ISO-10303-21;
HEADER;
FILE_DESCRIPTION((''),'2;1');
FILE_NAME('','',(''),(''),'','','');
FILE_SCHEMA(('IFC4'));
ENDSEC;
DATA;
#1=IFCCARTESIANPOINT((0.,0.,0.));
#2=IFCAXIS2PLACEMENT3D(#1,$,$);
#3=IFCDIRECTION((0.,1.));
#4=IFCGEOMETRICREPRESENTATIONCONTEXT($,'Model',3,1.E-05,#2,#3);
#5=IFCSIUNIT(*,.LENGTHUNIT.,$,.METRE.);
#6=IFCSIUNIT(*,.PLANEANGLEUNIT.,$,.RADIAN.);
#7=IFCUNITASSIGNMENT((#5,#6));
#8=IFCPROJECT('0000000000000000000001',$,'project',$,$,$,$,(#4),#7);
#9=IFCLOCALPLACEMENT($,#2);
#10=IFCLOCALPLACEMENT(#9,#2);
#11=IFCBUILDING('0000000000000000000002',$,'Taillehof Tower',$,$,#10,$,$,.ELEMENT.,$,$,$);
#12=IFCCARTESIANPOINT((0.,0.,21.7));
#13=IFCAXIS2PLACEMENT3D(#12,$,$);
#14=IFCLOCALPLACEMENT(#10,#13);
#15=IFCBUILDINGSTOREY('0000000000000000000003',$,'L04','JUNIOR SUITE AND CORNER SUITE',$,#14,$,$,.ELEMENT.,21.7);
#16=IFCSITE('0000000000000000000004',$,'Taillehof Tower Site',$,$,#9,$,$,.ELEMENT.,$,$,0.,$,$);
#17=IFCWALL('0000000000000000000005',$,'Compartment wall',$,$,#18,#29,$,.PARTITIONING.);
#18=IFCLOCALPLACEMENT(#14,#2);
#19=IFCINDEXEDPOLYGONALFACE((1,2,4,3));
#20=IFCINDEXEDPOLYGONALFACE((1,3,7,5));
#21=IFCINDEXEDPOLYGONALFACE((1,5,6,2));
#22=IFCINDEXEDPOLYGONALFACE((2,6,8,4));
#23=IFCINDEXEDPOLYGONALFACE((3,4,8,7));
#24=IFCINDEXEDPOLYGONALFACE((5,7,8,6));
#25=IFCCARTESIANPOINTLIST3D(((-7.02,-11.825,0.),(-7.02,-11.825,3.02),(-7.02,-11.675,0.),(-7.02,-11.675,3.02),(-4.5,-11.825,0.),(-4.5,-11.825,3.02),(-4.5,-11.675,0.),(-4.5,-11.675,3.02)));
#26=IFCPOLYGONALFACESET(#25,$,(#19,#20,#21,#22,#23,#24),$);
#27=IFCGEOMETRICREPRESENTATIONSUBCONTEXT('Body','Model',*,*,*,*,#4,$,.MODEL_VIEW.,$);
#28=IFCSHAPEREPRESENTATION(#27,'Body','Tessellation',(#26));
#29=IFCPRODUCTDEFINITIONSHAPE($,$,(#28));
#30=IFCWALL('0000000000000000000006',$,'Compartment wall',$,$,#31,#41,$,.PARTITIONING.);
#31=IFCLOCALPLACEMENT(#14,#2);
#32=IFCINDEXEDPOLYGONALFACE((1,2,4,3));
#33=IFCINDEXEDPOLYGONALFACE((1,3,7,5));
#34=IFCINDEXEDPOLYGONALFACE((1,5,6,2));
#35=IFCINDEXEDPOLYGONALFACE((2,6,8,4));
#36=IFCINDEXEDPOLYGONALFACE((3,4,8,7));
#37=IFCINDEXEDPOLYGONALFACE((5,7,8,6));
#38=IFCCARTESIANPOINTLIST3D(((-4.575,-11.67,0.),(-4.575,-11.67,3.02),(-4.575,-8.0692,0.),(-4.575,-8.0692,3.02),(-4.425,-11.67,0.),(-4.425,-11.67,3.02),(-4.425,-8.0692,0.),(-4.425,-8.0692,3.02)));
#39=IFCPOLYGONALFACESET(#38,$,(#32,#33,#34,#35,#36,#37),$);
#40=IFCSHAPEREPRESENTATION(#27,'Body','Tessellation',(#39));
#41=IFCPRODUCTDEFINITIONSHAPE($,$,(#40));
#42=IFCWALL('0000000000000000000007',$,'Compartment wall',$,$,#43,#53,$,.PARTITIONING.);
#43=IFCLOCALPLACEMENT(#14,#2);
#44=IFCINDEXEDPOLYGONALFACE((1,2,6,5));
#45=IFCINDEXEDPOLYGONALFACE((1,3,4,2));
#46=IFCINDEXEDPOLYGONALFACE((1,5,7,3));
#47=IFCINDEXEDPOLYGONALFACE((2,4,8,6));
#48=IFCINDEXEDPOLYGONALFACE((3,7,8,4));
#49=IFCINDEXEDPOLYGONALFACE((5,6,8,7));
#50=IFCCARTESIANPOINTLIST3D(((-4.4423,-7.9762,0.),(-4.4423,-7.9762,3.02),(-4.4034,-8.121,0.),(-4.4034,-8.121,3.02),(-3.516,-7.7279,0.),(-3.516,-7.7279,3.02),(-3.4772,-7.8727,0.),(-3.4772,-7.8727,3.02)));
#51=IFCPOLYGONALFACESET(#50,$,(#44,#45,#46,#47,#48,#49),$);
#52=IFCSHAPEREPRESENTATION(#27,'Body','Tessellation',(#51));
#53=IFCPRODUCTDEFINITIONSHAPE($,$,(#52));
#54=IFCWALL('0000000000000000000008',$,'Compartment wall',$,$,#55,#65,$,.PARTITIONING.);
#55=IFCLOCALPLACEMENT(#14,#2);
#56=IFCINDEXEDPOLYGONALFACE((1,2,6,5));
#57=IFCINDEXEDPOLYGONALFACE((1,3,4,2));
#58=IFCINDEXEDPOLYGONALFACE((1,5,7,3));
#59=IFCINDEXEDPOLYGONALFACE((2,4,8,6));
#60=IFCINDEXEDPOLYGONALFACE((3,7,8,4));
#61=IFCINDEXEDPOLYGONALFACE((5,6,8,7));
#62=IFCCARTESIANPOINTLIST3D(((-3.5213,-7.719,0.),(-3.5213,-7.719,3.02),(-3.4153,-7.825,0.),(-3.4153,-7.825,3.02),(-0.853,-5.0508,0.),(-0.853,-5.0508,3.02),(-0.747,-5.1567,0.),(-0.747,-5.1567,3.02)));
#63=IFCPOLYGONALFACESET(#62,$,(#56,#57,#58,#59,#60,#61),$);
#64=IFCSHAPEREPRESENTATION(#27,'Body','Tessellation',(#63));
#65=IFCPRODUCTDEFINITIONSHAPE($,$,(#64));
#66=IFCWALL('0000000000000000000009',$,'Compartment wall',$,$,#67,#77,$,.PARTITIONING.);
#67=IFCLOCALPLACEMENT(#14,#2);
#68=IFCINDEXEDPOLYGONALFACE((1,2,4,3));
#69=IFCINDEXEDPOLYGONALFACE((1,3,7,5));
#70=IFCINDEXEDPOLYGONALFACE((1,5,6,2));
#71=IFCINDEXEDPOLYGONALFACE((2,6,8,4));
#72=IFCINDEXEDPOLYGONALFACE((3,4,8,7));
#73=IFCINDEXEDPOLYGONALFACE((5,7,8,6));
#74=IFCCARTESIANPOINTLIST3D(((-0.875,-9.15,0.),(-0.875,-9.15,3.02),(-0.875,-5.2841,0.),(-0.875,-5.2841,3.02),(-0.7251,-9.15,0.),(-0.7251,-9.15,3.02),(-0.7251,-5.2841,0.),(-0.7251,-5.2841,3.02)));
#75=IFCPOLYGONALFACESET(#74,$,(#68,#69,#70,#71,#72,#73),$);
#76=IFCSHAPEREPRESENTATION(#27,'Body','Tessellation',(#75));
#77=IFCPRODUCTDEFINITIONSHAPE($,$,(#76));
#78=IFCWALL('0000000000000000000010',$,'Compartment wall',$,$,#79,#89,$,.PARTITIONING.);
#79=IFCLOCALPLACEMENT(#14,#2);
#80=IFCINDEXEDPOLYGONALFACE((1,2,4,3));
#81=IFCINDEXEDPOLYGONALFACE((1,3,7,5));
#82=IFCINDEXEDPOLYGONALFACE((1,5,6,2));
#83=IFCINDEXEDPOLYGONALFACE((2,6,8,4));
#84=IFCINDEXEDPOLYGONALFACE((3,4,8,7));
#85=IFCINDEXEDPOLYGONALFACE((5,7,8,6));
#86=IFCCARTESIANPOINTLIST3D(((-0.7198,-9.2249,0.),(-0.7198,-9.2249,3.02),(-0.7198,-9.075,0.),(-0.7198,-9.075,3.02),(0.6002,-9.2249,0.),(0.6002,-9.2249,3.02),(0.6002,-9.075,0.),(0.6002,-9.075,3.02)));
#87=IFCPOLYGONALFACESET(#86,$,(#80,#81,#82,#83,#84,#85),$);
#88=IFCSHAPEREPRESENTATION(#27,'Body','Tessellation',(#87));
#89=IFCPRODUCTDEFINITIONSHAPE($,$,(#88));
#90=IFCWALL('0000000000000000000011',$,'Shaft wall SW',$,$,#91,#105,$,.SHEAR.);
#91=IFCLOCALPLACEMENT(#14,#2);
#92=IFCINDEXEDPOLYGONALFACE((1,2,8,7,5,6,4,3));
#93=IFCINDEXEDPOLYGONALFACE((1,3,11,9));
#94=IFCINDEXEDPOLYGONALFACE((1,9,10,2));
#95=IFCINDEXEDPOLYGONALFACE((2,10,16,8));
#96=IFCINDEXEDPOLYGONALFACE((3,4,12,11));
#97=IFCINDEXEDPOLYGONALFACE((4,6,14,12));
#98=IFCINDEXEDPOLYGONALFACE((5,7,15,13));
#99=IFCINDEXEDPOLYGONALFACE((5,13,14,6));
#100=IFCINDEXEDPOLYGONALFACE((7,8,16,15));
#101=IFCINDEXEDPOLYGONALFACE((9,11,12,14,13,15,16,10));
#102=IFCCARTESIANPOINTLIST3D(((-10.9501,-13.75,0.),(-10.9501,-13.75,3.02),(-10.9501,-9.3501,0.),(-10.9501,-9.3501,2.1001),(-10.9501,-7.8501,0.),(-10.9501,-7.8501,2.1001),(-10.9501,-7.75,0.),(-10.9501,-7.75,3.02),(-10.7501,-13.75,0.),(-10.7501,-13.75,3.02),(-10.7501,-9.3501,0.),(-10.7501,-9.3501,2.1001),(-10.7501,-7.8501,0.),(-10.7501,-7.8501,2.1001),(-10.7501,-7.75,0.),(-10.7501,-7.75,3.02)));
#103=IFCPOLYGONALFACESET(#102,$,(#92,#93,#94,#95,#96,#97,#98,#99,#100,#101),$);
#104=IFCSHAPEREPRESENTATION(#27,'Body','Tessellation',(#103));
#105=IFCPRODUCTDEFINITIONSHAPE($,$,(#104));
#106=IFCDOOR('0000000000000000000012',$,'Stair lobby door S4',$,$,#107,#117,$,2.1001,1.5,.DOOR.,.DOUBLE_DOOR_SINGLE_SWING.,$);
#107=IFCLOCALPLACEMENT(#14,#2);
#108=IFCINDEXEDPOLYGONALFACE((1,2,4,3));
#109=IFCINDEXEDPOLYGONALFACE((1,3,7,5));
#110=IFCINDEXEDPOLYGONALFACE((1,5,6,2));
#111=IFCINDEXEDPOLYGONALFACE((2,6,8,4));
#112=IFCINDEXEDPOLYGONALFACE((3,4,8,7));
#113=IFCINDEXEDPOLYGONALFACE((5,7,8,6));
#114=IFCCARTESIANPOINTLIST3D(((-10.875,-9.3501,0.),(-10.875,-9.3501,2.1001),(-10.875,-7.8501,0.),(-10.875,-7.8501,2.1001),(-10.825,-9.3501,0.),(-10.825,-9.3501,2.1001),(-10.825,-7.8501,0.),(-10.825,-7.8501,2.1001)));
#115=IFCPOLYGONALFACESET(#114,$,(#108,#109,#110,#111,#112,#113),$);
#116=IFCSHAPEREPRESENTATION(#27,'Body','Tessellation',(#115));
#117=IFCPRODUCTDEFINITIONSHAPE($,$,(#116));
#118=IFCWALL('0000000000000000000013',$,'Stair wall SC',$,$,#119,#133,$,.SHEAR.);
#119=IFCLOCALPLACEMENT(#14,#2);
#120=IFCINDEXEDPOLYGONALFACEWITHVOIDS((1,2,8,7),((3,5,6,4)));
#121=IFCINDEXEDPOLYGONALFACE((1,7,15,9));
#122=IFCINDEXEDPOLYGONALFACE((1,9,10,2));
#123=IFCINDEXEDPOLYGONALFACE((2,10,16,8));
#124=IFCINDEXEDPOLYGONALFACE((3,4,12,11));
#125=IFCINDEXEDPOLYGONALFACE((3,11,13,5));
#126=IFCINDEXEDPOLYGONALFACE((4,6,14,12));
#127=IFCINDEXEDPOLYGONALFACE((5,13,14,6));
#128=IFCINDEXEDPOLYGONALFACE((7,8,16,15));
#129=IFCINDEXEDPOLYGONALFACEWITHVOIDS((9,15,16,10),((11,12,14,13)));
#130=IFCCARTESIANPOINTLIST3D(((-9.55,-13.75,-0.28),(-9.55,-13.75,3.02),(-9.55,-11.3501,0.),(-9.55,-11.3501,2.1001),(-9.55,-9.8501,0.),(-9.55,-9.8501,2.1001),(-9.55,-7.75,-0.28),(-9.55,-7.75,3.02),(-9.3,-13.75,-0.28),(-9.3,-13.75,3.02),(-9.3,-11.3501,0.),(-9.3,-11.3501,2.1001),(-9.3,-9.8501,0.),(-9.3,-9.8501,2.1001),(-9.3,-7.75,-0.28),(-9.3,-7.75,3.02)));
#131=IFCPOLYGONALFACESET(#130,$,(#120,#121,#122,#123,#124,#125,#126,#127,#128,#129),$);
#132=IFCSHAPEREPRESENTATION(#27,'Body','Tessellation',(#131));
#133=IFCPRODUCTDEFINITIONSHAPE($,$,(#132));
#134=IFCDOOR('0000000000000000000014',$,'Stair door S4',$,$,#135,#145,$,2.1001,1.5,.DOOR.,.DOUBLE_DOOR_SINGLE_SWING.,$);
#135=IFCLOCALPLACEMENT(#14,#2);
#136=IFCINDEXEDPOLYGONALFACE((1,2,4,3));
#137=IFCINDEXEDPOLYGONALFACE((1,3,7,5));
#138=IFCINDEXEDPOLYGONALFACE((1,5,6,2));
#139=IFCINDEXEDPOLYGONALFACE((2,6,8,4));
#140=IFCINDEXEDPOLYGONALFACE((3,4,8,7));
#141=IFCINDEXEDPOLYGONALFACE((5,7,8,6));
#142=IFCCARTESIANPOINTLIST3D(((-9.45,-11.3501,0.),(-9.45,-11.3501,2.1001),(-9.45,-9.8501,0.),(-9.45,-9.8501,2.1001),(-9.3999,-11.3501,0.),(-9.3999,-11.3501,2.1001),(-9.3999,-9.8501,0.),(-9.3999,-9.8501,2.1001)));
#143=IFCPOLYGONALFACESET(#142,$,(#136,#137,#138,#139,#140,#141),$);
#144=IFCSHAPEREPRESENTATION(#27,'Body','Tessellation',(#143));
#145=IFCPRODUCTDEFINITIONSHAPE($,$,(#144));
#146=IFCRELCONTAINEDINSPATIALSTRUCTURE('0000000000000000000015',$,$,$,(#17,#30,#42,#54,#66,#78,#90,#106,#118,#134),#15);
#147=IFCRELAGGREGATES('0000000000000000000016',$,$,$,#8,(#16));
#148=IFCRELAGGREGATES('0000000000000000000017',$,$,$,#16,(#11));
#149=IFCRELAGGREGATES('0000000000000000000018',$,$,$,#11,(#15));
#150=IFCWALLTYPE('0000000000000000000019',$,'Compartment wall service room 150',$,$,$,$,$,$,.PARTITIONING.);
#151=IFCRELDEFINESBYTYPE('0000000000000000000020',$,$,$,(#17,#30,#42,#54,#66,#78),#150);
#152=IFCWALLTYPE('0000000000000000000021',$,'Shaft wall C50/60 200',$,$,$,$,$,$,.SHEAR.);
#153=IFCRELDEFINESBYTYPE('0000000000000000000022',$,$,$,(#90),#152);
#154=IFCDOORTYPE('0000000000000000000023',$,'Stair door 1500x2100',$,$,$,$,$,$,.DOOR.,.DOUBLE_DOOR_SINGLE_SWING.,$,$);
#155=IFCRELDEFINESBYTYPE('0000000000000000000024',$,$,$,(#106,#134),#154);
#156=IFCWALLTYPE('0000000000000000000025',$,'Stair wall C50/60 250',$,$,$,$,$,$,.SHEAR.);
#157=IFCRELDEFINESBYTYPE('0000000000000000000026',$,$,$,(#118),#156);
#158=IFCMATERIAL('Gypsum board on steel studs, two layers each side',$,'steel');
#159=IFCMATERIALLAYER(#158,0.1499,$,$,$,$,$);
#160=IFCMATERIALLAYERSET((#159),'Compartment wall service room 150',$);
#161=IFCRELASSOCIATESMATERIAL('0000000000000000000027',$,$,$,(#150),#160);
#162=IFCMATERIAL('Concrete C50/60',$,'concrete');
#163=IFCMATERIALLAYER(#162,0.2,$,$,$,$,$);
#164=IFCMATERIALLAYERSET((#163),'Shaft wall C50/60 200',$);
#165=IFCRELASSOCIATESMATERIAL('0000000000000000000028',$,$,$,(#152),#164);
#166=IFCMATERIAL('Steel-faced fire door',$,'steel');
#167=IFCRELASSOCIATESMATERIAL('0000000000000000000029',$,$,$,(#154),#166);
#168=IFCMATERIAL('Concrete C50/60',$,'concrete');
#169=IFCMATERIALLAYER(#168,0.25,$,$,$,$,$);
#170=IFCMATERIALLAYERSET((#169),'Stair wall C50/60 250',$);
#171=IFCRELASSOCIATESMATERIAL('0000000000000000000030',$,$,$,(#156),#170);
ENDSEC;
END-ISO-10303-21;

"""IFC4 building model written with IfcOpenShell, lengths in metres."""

from ifc_helpers import new_model, si_unit, direction, frame, frame_2d, origin, place, context, subcontext, project, spatial, rectangle, extrude, material, layer, layer_set, type_object, element, fill, save


model = new_model("IFC4")

# Units and contexts
model_context = context("Model", 3, precision=1e-05, world=origin(), true_north=direction((0.0, 1.0)))
body_context = subcontext(model_context, "Body", "Model", "MODEL_VIEW")
ifc_project = project(units=[si_unit("LENGTHUNIT", "METRE"), si_unit("PLANEANGLEUNIT", "RADIAN")], contexts=[model_context])

# Site, building, storey
site_placement = place(None, origin())
site = spatial("IfcSite", under=ifc_project, at=site_placement, Name="Taillehof Tower Site", CompositionType="ELEMENT", RefElevation=0.0)
building_placement = place(site_placement, origin())
building = spatial("IfcBuilding", under=site, at=building_placement, Name="Taillehof Tower", CompositionType="ELEMENT")
storey_placement = place(building_placement, frame((0.0, 0.0, 21.7)))
storey = spatial("IfcBuildingStorey", under=building, at=storey_placement, Name="L04", Description="JUNIOR SUITE AND CORNER SUITE", CompositionType="ELEMENT", Elevation=21.7)

# Shared definitions
ifc_material_1 = material(Name="Gypsum board on steel studs, two layers each side", Category="steel")
ifc_layer_1 = layer(ifc_material_1, 0.1499)
ifc_layer_set_1 = layer_set([ifc_layer_1], Name="Compartment wall service room 150")
wall_type_1 = type_object("IfcWallType", Name="Compartment wall service room 150", PredefinedType="PARTITIONING", material=ifc_layer_set_1)

# Walls
wall_1_placement = place(storey_placement, frame((-7.02, -11.75, 0.0), z_axis=(0.0, 0.0, 1.0), x_axis=(1.0, 0.0, 0.0)))
element("IfcWall", 1, at=wall_1_placement, inside=storey, type_object=wall_type_1, Name="Compartment wall", PredefinedType="PARTITIONING", context=body_context, shape_type="SweptSolid", body=[
    extrude(rectangle(XDim=2.52, YDim=0.1499, at=frame_2d((1.26, 0.0))), origin(), (0.0, 0.0, 1.0), 3.02),
])
wall_2_placement = place(storey_placement, frame((-4.5, -11.6699, 0.0), z_axis=(0.0, 0.0, 1.0), x_axis=(0.0, 1.0, 0.0)))
element("IfcWall", 2, at=wall_2_placement, inside=storey, type_object=wall_type_1, Name="Compartment wall", PredefinedType="PARTITIONING", context=body_context, shape_type="SweptSolid", body=[
    extrude(rectangle(XDim=3.6008, YDim=0.1499, at=frame_2d((1.8003, 0.0))), origin(), (0.0, 0.0, 1.0), 3.02),
])
wall_3_placement = place(storey_placement, frame((-4.4229, -8.0486, 0.0), z_axis=(0.0, 0.0, 1.0), x_axis=(0.9659, 0.258914, 0.0)))
element("IfcWall", 3, at=wall_3_placement, inside=storey, type_object=wall_type_1, Name="Compartment wall", PredefinedType="PARTITIONING", context=body_context, shape_type="SweptSolid", body=[
    extrude(rectangle(XDim=0.959, YDim=0.1499, at=frame_2d((0.4795, 0.0))), origin(), (0.0, 0.0, 1.0), 3.02),
])
wall_4_placement = place(storey_placement, frame((-3.4683, -7.772, 0.0), z_axis=(0.0, 0.0, 1.0), x_axis=(0.707107, 0.707107, 0.0)))
element("IfcWall", 4, at=wall_4_placement, inside=storey, type_object=wall_type_1, Name="Compartment wall", PredefinedType="PARTITIONING", context=body_context, shape_type="SweptSolid", body=[
    extrude(rectangle(XDim=3.7734, YDim=0.1499, at=frame_2d((1.8867, 0.0))), origin(), (0.0, 0.0, 1.0), 3.02),
])
wall_5_placement = place(storey_placement, frame((-0.8, -5.2839, 0.0), z_axis=(0.0, 0.0, 1.0), x_axis=(0.0, -1.0, 0.0)))
element("IfcWall", 5, at=wall_5_placement, inside=storey, type_object=wall_type_1, Name="Compartment wall", PredefinedType="PARTITIONING", context=body_context, shape_type="SweptSolid", body=[
    extrude(rectangle(XDim=3.866, YDim=0.1499, at=frame_2d((1.9331, 0.0))), origin(), (0.0, 0.0, 1.0), 3.02),
])
wall_6_placement = place(storey_placement, frame((-0.72, -9.1499, 0.0), z_axis=(0.0, 0.0, 1.0), x_axis=(1.0, 0.0, 0.0)))
element("IfcWall", 6, at=wall_6_placement, inside=storey, type_object=wall_type_1, Name="Compartment wall", PredefinedType="PARTITIONING", context=body_context, shape_type="SweptSolid", body=[
    extrude(rectangle(XDim=1.3201, YDim=0.1499, at=frame_2d((0.6602, 0.0))), origin(), (0.0, 0.0, 1.0), 3.02),
])

# Walls, openings, doors
ifc_material_2 = material(Name="Concrete C50/60", Category="concrete")
ifc_layer_2 = layer(ifc_material_2, 0.2)
ifc_layer_set_2 = layer_set([ifc_layer_2], Name="Shaft wall C50/60 200")
wall_type_2 = type_object("IfcWallType", Name="Shaft wall C50/60 200", PredefinedType="SHEAR", material=ifc_layer_set_2)
wall_7_placement = place(storey_placement, frame((-10.8501, -13.75, 0.0), z_axis=(0.0, 0.0, 1.0), x_axis=(0.0, 1.0, 0.0)))
wall_7 = element("IfcWall", 7, at=wall_7_placement, inside=storey, type_object=wall_type_2, Name="Shaft wall SW", PredefinedType="SHEAR", context=body_context, shape_type="SweptSolid", body=[
    extrude(rectangle(XDim=6.0, YDim=0.2, at=frame_2d((3.0, 0.0))), origin(), (0.0, 0.0, 1.0), 3.02),
])
opening_1_placement = place(wall_7_placement, frame((4.3999, 0.0, 0.0)))
opening_1 = element("IfcOpeningElement", 8, at=opening_1_placement, cuts=wall_7, PredefinedType="OPENING", context=body_context, shape_type="SweptSolid", body=[
    extrude(rectangle(XDim=1.5, YDim=2.1001, at=frame_2d((0.75, 1.05))), frame((0.0, 0.1099, 0.0), z_axis=(0.0, -1.0, 0.0), x_axis=(1.0, 0.0, 0.0)), (0.0, 0.0, 1.0), 0.22),
])
ifc_material_3 = material(Name="Steel-faced fire door", Category="steel")
door_type_1 = type_object("IfcDoorType", Name="Stair door 1500x2100", OperationType="DOUBLE_DOOR_SINGLE_SWING", PredefinedType="DOOR", material=ifc_material_3)
door_1_placement = place(opening_1_placement, origin())
door_1 = element("IfcDoor", 9, at=door_1_placement, inside=storey, type_object=door_type_1, Name="Stair lobby door S4", OperationType="DOUBLE_DOOR_SINGLE_SWING", OverallHeight=2.1001, OverallWidth=1.5, PredefinedType="DOOR", context=body_context, shape_type="SweptSolid", body=[
    extrude(rectangle(XDim=1.5, YDim=2.1001, at=frame_2d((0.75, 1.05))), frame((0.0, 0.0249, 0.0), z_axis=(0.0, -1.0, 0.0), x_axis=(1.0, 0.0, 0.0)), (0.0, 0.0, 1.0), 0.05),
])
fill(opening_1, door_1)
ifc_material_4 = material(Name="Concrete C50/60", Category="concrete")
ifc_layer_3 = layer(ifc_material_4, 0.25)
ifc_layer_set_3 = layer_set([ifc_layer_3], Name="Stair wall C50/60 250")
wall_type_3 = type_object("IfcWallType", Name="Stair wall C50/60 250", PredefinedType="SHEAR", material=ifc_layer_set_3)
wall_8_placement = place(storey_placement, frame((-9.425, -13.75, -0.28), z_axis=(0.0, 0.0, 1.0), x_axis=(0.0, 1.0, 0.0)))
wall_8 = element("IfcWall", 10, at=wall_8_placement, inside=storey, type_object=wall_type_3, Name="Stair wall SC", PredefinedType="SHEAR", context=body_context, shape_type="SweptSolid", body=[
    extrude(rectangle(XDim=6.0, YDim=0.25, at=frame_2d((3.0, 0.0))), origin(), (0.0, 0.0, 1.0), 3.3),
])
opening_2_placement = place(wall_8_placement, frame((2.3999, 0.0, 0.28)))
opening_2 = element("IfcOpeningElement", 11, at=opening_2_placement, cuts=wall_8, PredefinedType="OPENING", context=body_context, shape_type="SweptSolid", body=[
    extrude(rectangle(XDim=1.5, YDim=2.1001, at=frame_2d((0.75, 1.05))), frame((0.0, 0.135, 0.0), z_axis=(0.0, -1.0, 0.0), x_axis=(1.0, 0.0, 0.0)), (0.0, 0.0, 1.0), 0.27),
])
door_2_placement = place(opening_2_placement, origin())
door_2 = element("IfcDoor", 12, at=door_2_placement, inside=storey, type_object=door_type_1, Name="Stair door S4", OperationType="DOUBLE_DOOR_SINGLE_SWING", OverallHeight=2.1001, OverallWidth=1.5, PredefinedType="DOOR", context=body_context, shape_type="SweptSolid", body=[
    extrude(rectangle(XDim=1.5, YDim=2.1001, at=frame_2d((0.75, 1.05))), frame((0.0, 0.0249, 0.0), z_axis=(0.0, -1.0, 0.0), x_axis=(1.0, 0.0, 0.0)), (0.0, 0.0, 1.0), 0.05),
])
fill(opening_2, door_2)

save(model, "model.ifc")
